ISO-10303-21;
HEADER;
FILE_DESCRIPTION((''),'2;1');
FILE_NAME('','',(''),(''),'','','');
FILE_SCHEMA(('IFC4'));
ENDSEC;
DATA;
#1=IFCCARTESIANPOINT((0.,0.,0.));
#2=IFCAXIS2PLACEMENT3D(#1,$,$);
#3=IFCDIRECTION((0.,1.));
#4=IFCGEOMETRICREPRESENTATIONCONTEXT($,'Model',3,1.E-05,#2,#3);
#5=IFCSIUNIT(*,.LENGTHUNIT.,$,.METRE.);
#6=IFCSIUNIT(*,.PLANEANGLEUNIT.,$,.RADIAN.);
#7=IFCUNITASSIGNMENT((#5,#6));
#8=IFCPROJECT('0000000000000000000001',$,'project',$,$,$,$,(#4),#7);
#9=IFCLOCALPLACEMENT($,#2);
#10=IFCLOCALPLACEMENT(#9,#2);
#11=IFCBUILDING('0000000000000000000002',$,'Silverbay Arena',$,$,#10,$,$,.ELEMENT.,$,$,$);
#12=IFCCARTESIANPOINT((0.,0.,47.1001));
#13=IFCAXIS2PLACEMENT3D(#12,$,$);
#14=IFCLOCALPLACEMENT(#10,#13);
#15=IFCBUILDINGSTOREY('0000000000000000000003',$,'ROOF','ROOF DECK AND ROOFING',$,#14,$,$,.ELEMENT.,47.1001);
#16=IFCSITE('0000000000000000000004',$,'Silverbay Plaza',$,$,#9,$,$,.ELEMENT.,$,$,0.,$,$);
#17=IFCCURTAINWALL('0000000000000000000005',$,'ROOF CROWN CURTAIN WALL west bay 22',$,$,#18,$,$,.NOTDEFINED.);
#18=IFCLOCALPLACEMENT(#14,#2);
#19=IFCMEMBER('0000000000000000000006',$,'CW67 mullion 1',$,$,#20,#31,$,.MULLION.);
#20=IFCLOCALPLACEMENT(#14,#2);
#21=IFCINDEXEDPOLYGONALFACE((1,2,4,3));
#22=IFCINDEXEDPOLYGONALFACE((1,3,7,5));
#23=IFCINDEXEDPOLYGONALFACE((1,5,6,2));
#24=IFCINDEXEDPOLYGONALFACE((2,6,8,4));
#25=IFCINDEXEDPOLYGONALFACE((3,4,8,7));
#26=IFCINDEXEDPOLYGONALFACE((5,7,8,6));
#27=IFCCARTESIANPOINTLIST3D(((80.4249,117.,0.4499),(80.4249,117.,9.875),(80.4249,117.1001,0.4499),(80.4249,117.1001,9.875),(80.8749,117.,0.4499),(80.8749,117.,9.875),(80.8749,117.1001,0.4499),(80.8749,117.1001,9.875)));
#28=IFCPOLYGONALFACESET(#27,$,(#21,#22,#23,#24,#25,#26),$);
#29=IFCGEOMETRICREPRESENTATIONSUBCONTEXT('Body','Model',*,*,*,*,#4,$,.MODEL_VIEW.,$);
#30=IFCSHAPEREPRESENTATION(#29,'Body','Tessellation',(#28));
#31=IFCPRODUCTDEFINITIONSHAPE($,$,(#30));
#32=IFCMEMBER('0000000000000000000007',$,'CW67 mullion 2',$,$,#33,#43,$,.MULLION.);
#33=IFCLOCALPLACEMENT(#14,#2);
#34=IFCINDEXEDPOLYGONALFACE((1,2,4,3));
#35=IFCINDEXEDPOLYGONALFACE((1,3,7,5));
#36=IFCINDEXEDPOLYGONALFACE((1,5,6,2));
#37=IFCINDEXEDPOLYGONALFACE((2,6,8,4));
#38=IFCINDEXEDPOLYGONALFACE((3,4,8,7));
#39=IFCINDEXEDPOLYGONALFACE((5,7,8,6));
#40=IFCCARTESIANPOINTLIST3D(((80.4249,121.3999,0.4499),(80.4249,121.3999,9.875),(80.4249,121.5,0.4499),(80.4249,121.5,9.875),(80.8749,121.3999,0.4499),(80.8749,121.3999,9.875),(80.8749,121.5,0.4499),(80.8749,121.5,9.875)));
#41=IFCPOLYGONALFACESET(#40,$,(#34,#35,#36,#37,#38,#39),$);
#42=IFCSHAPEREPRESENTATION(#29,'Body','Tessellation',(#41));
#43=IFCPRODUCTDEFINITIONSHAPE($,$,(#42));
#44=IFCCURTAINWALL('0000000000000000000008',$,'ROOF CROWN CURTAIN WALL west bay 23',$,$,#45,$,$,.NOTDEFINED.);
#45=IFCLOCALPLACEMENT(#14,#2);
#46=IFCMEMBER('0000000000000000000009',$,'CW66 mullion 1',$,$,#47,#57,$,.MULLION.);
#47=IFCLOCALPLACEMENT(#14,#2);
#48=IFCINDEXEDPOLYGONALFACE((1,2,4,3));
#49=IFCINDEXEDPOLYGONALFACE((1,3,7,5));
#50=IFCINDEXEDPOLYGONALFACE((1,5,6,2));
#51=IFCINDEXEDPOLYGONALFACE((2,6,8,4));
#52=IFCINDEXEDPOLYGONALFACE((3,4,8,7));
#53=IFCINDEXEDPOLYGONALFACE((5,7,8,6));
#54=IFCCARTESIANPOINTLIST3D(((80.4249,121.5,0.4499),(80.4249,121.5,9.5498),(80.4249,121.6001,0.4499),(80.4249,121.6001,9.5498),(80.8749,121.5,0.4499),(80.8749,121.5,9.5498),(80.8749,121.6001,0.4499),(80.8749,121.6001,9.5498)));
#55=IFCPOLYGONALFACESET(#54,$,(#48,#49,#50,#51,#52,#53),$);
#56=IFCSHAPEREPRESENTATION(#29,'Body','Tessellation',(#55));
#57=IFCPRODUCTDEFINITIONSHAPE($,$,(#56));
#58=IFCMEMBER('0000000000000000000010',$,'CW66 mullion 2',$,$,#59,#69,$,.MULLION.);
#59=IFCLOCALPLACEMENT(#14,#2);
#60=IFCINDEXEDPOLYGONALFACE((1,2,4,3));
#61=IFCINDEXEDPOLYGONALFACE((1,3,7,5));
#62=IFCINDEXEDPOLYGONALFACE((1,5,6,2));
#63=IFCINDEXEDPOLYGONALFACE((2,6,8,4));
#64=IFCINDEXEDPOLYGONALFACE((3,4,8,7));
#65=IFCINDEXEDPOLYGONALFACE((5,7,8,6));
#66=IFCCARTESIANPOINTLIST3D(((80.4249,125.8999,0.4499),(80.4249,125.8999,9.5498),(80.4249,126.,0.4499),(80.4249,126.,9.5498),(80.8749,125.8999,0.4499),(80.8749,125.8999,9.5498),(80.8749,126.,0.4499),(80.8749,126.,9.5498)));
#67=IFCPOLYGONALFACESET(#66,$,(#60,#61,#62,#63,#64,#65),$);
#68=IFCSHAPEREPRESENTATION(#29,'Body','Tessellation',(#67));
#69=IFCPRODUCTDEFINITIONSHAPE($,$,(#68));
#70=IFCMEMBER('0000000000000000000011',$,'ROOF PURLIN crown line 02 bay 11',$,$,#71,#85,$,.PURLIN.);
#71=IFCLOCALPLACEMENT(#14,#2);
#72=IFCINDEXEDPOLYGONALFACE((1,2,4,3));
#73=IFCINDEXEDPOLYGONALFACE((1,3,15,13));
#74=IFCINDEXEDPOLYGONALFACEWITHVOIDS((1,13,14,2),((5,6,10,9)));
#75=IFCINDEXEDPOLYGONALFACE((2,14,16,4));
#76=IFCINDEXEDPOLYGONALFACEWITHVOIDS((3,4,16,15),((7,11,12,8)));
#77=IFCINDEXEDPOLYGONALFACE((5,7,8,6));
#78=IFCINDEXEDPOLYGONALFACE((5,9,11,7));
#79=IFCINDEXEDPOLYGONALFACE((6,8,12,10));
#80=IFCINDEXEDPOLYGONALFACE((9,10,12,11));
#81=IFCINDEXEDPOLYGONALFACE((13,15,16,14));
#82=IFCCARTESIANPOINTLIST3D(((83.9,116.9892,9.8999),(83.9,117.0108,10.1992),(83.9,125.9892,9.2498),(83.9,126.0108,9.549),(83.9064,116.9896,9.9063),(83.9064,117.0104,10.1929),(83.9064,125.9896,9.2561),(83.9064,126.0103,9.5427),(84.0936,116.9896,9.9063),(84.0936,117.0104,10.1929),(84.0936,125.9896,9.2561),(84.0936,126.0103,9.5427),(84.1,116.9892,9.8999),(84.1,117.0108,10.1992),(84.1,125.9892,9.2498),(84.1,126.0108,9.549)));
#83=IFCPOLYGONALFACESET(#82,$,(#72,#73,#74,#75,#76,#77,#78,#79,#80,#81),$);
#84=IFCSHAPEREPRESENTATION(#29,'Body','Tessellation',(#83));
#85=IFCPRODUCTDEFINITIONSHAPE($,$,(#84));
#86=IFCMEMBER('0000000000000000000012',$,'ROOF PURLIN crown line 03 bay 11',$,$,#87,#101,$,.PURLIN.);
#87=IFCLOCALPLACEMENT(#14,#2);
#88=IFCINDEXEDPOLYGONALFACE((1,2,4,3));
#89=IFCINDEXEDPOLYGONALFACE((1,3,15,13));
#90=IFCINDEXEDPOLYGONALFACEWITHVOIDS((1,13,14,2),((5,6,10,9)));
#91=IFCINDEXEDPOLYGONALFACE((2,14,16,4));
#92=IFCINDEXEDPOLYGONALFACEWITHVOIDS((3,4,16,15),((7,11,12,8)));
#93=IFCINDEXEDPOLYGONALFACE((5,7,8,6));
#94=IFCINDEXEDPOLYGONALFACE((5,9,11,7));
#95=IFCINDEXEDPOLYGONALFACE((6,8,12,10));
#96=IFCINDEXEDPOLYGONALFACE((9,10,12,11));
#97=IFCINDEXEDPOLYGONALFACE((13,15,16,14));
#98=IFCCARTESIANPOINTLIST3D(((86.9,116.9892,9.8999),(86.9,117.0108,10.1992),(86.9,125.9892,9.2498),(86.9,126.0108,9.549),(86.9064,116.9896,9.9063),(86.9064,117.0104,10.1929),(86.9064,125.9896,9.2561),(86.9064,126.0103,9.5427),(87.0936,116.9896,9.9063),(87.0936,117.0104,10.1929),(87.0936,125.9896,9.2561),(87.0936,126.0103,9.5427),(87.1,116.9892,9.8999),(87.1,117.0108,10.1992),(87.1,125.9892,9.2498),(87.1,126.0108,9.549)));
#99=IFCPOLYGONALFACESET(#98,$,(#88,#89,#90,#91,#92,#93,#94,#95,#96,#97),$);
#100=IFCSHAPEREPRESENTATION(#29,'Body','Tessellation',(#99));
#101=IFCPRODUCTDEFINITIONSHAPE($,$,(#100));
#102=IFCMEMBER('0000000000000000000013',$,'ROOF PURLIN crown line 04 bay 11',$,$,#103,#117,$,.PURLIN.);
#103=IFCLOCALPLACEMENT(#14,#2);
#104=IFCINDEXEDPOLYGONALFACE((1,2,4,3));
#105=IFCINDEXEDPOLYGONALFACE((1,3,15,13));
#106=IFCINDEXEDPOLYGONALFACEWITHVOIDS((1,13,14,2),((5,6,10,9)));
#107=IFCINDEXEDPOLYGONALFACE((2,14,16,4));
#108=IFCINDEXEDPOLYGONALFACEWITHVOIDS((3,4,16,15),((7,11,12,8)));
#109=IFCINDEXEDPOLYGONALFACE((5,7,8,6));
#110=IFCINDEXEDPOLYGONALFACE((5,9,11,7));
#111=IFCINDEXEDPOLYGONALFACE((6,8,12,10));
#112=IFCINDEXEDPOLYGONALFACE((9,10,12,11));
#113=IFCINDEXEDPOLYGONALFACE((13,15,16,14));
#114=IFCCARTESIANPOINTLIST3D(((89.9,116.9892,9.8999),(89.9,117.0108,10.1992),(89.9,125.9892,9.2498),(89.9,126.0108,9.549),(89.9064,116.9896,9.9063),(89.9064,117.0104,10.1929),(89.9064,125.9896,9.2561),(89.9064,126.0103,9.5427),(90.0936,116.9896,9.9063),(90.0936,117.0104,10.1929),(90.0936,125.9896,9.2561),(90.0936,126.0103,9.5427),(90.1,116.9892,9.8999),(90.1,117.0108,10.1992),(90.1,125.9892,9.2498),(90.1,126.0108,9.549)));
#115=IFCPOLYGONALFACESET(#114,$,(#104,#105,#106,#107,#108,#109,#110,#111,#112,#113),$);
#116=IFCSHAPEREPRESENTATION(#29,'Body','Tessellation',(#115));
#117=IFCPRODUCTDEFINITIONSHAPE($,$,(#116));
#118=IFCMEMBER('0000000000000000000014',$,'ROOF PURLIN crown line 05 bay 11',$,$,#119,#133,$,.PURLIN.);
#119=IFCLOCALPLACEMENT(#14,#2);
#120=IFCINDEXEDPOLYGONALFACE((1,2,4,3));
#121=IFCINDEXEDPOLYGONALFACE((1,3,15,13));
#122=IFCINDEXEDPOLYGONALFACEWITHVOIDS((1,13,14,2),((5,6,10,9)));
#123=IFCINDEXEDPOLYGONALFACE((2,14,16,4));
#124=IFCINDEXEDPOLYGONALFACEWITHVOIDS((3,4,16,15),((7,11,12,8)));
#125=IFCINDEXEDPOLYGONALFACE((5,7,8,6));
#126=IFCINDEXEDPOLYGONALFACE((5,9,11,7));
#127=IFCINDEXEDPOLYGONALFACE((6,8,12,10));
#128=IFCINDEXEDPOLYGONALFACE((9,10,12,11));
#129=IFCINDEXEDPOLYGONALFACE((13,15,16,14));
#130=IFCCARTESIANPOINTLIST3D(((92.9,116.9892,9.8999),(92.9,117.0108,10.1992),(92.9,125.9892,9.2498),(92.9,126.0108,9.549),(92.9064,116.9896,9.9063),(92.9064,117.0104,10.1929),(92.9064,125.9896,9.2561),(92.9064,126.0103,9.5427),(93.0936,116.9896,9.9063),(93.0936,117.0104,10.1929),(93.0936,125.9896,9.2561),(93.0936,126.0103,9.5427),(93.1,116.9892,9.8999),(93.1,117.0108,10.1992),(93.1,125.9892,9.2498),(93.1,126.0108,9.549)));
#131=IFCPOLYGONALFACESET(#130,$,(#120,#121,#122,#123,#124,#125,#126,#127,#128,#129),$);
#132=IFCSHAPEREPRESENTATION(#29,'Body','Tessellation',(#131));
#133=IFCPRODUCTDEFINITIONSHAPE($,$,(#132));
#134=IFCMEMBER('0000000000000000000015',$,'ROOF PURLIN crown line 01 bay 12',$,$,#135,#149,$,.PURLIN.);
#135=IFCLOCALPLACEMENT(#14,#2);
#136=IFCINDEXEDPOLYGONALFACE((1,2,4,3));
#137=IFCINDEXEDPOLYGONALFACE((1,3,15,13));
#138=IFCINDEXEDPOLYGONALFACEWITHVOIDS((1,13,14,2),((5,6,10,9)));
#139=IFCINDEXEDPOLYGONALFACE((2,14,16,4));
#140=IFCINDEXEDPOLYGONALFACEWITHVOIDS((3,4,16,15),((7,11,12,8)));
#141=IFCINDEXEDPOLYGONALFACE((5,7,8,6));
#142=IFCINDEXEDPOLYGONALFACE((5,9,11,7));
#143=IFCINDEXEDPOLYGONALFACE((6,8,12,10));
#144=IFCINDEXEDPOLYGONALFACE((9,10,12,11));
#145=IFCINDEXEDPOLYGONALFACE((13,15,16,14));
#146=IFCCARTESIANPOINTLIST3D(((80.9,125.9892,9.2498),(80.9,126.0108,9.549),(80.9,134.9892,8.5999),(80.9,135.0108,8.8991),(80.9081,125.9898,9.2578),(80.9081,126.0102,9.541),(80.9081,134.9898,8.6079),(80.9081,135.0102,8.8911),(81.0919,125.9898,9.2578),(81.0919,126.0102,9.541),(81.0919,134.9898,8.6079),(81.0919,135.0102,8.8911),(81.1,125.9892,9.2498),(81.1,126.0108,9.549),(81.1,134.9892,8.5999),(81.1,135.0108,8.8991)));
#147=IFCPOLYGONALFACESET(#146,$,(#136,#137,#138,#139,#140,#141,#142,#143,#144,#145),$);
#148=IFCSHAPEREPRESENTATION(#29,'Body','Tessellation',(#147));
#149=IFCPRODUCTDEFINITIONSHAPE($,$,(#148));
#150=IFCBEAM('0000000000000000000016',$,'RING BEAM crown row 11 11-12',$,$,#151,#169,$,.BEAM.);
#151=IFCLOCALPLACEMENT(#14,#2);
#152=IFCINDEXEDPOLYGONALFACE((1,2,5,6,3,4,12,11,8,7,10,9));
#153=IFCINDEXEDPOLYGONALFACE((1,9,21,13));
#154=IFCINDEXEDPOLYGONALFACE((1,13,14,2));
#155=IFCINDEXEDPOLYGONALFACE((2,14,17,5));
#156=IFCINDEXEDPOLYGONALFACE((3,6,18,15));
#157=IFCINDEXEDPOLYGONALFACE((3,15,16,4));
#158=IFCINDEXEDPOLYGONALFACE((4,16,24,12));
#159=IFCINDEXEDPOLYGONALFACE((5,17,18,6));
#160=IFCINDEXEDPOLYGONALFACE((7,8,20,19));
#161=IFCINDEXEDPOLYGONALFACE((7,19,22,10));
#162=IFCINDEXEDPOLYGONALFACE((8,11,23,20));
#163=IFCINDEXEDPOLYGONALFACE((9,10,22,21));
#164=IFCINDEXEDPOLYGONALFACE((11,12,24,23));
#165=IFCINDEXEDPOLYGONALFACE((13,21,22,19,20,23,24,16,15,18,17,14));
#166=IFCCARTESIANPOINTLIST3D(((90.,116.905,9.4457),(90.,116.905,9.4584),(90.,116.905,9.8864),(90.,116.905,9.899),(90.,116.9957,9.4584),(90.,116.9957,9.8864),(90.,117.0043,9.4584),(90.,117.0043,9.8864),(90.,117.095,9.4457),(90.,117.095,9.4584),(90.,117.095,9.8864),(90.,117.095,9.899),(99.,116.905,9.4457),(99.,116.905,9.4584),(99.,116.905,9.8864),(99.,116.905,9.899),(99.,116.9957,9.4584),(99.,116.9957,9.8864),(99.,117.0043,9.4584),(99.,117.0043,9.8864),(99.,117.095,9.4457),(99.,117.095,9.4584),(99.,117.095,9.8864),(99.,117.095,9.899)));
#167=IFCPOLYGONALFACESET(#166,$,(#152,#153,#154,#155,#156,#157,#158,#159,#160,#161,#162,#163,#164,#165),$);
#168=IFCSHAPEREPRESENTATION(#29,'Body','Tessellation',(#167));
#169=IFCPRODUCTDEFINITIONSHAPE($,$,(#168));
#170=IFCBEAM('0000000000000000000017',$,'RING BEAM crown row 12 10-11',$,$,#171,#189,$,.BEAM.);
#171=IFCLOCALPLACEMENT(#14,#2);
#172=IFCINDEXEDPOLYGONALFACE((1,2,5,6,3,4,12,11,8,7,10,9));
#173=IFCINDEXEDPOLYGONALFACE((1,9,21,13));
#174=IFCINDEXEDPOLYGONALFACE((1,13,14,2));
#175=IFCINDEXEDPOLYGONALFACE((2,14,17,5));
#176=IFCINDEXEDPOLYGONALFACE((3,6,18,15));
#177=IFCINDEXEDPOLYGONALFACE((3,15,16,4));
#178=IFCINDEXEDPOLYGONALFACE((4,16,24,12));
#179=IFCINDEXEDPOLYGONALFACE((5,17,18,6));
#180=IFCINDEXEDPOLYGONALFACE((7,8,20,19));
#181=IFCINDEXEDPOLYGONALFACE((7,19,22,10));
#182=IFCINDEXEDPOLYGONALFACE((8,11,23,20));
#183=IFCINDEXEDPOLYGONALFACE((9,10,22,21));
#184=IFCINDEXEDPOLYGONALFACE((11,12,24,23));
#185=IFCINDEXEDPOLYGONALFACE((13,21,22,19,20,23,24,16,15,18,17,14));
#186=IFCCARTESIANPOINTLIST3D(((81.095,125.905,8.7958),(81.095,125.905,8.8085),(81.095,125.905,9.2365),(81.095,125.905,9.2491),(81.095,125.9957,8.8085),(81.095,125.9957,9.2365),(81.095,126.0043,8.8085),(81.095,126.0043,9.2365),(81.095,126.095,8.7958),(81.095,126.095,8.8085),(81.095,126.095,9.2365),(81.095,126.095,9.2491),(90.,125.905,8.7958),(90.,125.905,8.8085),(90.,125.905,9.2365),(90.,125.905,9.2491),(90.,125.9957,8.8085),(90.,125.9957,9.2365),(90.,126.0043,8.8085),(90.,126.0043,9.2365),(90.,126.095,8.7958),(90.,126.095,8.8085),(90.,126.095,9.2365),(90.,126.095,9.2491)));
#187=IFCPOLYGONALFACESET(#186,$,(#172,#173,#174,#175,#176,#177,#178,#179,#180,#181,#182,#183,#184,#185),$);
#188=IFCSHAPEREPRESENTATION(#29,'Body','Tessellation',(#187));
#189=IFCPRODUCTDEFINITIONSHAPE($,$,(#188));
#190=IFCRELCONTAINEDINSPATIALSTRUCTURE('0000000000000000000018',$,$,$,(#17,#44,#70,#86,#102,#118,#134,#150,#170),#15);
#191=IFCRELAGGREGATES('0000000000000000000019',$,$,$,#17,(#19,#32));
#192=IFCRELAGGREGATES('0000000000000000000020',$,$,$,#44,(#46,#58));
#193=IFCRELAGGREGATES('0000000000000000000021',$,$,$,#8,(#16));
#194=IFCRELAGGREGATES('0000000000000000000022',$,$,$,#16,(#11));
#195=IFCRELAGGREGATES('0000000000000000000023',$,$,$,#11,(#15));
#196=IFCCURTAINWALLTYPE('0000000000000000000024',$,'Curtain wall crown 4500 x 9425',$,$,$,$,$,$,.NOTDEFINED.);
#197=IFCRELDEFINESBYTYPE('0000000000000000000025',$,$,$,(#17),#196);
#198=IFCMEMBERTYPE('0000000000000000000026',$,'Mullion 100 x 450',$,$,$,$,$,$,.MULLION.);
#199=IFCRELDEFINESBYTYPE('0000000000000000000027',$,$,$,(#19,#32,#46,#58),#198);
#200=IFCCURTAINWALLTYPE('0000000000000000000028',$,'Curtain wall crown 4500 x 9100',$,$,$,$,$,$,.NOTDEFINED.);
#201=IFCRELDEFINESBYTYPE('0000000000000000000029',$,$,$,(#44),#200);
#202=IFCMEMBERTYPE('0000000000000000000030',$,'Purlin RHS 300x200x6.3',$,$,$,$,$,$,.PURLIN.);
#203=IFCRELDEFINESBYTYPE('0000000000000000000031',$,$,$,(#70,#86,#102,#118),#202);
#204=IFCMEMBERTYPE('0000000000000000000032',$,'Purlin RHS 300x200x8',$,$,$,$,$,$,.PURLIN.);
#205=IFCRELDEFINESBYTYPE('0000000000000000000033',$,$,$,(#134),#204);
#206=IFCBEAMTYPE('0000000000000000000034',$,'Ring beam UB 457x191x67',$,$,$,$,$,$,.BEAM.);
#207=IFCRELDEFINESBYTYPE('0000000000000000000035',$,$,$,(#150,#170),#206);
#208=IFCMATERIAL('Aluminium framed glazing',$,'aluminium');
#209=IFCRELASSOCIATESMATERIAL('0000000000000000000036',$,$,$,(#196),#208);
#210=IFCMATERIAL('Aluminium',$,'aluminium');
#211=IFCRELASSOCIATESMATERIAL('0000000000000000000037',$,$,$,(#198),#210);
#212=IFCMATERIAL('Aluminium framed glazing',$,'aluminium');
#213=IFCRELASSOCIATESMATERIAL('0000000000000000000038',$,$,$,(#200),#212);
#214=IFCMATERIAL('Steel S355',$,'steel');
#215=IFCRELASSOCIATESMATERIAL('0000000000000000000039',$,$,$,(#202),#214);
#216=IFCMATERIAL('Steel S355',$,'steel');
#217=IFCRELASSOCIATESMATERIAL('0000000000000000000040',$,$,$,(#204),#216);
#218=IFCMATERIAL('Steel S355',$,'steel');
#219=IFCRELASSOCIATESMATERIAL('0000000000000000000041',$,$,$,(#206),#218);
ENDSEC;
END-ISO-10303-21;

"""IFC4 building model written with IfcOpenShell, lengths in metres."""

from ifc_helpers import new_model, si_unit, direction, frame, origin, origin_2d, place, context, subcontext, project, spatial, rectangle, hollow_rectangle, i_section, extrude, material, material_profile, profile_set, type_object, element, aggregate, save


model = new_model("IFC4")

# Units and contexts
model_context = context("Model", 3, precision=1e-05, world=origin(), true_north=direction((0.0, 1.0)))
body_context = subcontext(model_context, "Body", "Model", "MODEL_VIEW")
ifc_project = project(units=[si_unit("LENGTHUNIT", "METRE"), si_unit("PLANEANGLEUNIT", "RADIAN")], contexts=[model_context])

# Site, building, storey
site_placement = place(None, origin())
site = spatial("IfcSite", under=ifc_project, at=site_placement, Name="Silverbay Plaza", CompositionType="ELEMENT", RefElevation=0.0)
building_placement = place(site_placement, origin())
building = spatial("IfcBuilding", under=site, at=building_placement, Name="Silverbay Arena", CompositionType="ELEMENT")
storey_placement = place(building_placement, frame((0.0, 0.0, 47.1001)))
storey = spatial("IfcBuildingStorey", under=building, at=storey_placement, Name="ROOF", Description="ROOF DECK AND ROOFING", CompositionType="ELEMENT", Elevation=47.1001)

# Curtain walls, members
ifc_material_1 = material(Name="Aluminium framed glazing", Category="aluminium")
curtain_wall_type_1 = type_object("IfcCurtainWallType", Name="Curtain wall crown 4500 x 9425", PredefinedType="NOTDEFINED", material=ifc_material_1)
curtain_wall_1_placement = place(storey_placement, origin())
curtain_wall_1 = element("IfcCurtainWall", 1, at=curtain_wall_1_placement, inside=storey, type_object=curtain_wall_type_1, Name="ROOF CROWN CURTAIN WALL west bay 22", PredefinedType="NOTDEFINED")
ifc_material_2 = material(Name="Aluminium", Category="aluminium")
ifc_material_profile_1 = material_profile(ifc_material_2, rectangle(XDim=0.45, YDim=0.1001, at=origin_2d()), Name="Mullion 100 x 450")
ifc_profile_set_1 = profile_set([ifc_material_profile_1], Name="Aluminium")
member_type_1 = type_object("IfcMemberType", Name="Mullion 100 x 450", PredefinedType="MULLION", material=ifc_profile_set_1)
placement = place(building_placement, frame((0.0, 0.0, 33.5)))
member_1_placement = place(placement, frame((80.6499, 117.05, 14.05), z_axis=(0.0, 0.0, 1.0), x_axis=(-1.0, 0.0, 0.0)))
member_1 = element("IfcMember", 2, at=member_1_placement, type_object=member_type_1, Name="CW67 mullion 1", PredefinedType="MULLION", context=body_context, shape_type="SweptSolid", body=[
    extrude(rectangle(XDim=0.45, YDim=0.1001, at=origin_2d()), origin(), (0.0, 0.0, 1.0), 9.425),
])
member_2_placement = place(placement, frame((80.6499, 121.45, 14.05), z_axis=(0.0, 0.0, 1.0), x_axis=(-1.0, 0.0, 0.0)))
member_2 = element("IfcMember", 3, at=member_2_placement, type_object=member_type_1, Name="CW67 mullion 2", PredefinedType="MULLION", context=body_context, shape_type="SweptSolid", body=[
    extrude(rectangle(XDim=0.45, YDim=0.1001, at=origin_2d()), origin(), (0.0, 0.0, 1.0), 9.425),
])
ifc_material_3 = material(Name="Aluminium framed glazing", Category="aluminium")
curtain_wall_type_2 = type_object("IfcCurtainWallType", Name="Curtain wall crown 4500 x 9100", PredefinedType="NOTDEFINED", material=ifc_material_3)
curtain_wall_2_placement = place(storey_placement, origin())
curtain_wall_2 = element("IfcCurtainWall", 4, at=curtain_wall_2_placement, inside=storey, type_object=curtain_wall_type_2, Name="ROOF CROWN CURTAIN WALL west bay 23", PredefinedType="NOTDEFINED")
member_3_placement = place(placement, frame((80.6499, 121.55, 14.05), z_axis=(0.0, 0.0, 1.0), x_axis=(-1.0, 0.0, 0.0)))
member_3 = element("IfcMember", 5, at=member_3_placement, type_object=member_type_1, Name="CW66 mullion 1", PredefinedType="MULLION", context=body_context, shape_type="SweptSolid", body=[
    extrude(rectangle(XDim=0.45, YDim=0.1001, at=origin_2d()), origin(), (0.0, 0.0, 1.0), 9.0999),
])
member_4_placement = place(placement, frame((80.6499, 125.95, 14.05), z_axis=(0.0, 0.0, 1.0), x_axis=(-1.0, 0.0, 0.0)))
member_4 = element("IfcMember", 6, at=member_4_placement, type_object=member_type_1, Name="CW66 mullion 2", PredefinedType="MULLION", context=body_context, shape_type="SweptSolid", body=[
    extrude(rectangle(XDim=0.45, YDim=0.1001, at=origin_2d()), origin(), (0.0, 0.0, 1.0), 9.0999),
])

# Members
ifc_material_4 = material(Name="Steel S355", Category="steel")
ifc_material_profile_2 = material_profile(ifc_material_4, hollow_rectangle(XDim=0.2, YDim=0.3, WallThickness=0.0063, at=origin_2d()), Name="RHS 300x200x6.3")
ifc_profile_set_2 = profile_set([ifc_material_profile_2], Name="Steel S355")
member_type_2 = type_object("IfcMemberType", Name="Purlin RHS 300x200x6.3", PredefinedType="PURLIN", material=ifc_profile_set_2)
for number, where, z_axis, x_axis, name in (
    (7, (84.0, 117.0, 10.0496), (0.0, 0.997401, -0.072051), (-1.0, 0.0, 0.0), "ROOF PURLIN crown line 02 bay 11"),
    (8, (87.0, 117.0, 10.0496), (0.0, 0.997401, -0.072051), (-1.0, 0.0, 0.0), "ROOF PURLIN crown line 03 bay 11"),
    (9, (90.0, 117.0, 10.0496), (0.0, 0.997401, -0.072051), (-1.0, 0.0, 0.0), "ROOF PURLIN crown line 04 bay 11"),
    (10, (93.0, 117.0, 10.0496), (0.0, 0.997401, -0.072051), (-1.0, 0.0, 0.0), "ROOF PURLIN crown line 05 bay 11"),
):
    element("IfcMember", number, at=place(storey_placement, frame(where, z_axis=z_axis, x_axis=x_axis)), inside=storey, type_object=member_type_2, Name=name, PredefinedType="PURLIN", context=body_context, shape_type="SweptSolid", body=[
        extrude(hollow_rectangle(XDim=0.2, YDim=0.3, WallThickness=0.0063, at=origin_2d()), origin(), (0.0, 0.0, 1.0), 9.0234),
    ])
ifc_material_5 = material(Name="Steel S355", Category="steel")
ifc_material_profile_3 = material_profile(ifc_material_5, hollow_rectangle(XDim=0.2, YDim=0.3, WallThickness=0.0081, at=origin_2d()), Name="RHS 300x200x8")
ifc_profile_set_3 = profile_set([ifc_material_profile_3], Name="Steel S355")
member_type_3 = type_object("IfcMemberType", Name="Purlin RHS 300x200x8", PredefinedType="PURLIN", material=ifc_profile_set_3)
member_5_placement = place(storey_placement, frame((81.0, 126.0, 9.3994), z_axis=(0.0, 0.997403, -0.072024), x_axis=(-1.0, 0.0, 0.0)))
element("IfcMember", 11, at=member_5_placement, inside=storey, type_object=member_type_3, Name="ROOF PURLIN crown line 01 bay 12", PredefinedType="PURLIN", context=body_context, shape_type="SweptSolid", body=[
    extrude(hollow_rectangle(XDim=0.2, YDim=0.3, WallThickness=0.0081, at=origin_2d()), origin(), (0.0, 0.0, 1.0), 9.0234),
])

# Beams
ifc_material_6 = material(Name="Steel S355", Category="steel")
ifc_material_profile_4 = material_profile(ifc_material_6, i_section(OverallWidth=0.1899, OverallDepth=0.4534, WebThickness=0.0085, FlangeThickness=0.0127, at=origin_2d()), Name="UB 457x191x67")
ifc_profile_set_4 = profile_set([ifc_material_profile_4], Name="Steel S355")
beam_type = type_object("IfcBeamType", Name="Ring beam UB 457x191x67", PredefinedType="BEAM", material=ifc_profile_set_4)
beam_1_placement = place(storey_placement, frame((90.0, 117.0, 9.6724), z_axis=(1.0, 0.0, 0.0), x_axis=(0.0, 1.0, 0.0)))
element("IfcBeam", 12, at=beam_1_placement, inside=storey, type_object=beam_type, Name="RING BEAM crown row 11 11-12", PredefinedType="BEAM", context=body_context, shape_type="SweptSolid", body=[
    extrude(i_section(OverallWidth=0.1899, OverallDepth=0.4534, WebThickness=0.0085, FlangeThickness=0.0127, at=origin_2d()), origin(), (0.0, 0.0, 1.0), 9.0),
])
beam_2_placement = place(storey_placement, frame((81.095, 126.0, 9.0225), z_axis=(1.0, 0.0, 0.0), x_axis=(0.0, 1.0, 0.0)))
element("IfcBeam", 13, at=beam_2_placement, inside=storey, type_object=beam_type, Name="RING BEAM crown row 12 10-11", PredefinedType="BEAM", context=body_context, shape_type="SweptSolid", body=[
    extrude(i_section(OverallWidth=0.1899, OverallDepth=0.4534, WebThickness=0.0085, FlangeThickness=0.0127, at=origin_2d()), origin(), (0.0, 0.0, 1.0), 8.905),
])

aggregate(curtain_wall_1, [member_1, member_2])
aggregate(curtain_wall_2, [member_3, member_4])

save(model, "model.ifc")
